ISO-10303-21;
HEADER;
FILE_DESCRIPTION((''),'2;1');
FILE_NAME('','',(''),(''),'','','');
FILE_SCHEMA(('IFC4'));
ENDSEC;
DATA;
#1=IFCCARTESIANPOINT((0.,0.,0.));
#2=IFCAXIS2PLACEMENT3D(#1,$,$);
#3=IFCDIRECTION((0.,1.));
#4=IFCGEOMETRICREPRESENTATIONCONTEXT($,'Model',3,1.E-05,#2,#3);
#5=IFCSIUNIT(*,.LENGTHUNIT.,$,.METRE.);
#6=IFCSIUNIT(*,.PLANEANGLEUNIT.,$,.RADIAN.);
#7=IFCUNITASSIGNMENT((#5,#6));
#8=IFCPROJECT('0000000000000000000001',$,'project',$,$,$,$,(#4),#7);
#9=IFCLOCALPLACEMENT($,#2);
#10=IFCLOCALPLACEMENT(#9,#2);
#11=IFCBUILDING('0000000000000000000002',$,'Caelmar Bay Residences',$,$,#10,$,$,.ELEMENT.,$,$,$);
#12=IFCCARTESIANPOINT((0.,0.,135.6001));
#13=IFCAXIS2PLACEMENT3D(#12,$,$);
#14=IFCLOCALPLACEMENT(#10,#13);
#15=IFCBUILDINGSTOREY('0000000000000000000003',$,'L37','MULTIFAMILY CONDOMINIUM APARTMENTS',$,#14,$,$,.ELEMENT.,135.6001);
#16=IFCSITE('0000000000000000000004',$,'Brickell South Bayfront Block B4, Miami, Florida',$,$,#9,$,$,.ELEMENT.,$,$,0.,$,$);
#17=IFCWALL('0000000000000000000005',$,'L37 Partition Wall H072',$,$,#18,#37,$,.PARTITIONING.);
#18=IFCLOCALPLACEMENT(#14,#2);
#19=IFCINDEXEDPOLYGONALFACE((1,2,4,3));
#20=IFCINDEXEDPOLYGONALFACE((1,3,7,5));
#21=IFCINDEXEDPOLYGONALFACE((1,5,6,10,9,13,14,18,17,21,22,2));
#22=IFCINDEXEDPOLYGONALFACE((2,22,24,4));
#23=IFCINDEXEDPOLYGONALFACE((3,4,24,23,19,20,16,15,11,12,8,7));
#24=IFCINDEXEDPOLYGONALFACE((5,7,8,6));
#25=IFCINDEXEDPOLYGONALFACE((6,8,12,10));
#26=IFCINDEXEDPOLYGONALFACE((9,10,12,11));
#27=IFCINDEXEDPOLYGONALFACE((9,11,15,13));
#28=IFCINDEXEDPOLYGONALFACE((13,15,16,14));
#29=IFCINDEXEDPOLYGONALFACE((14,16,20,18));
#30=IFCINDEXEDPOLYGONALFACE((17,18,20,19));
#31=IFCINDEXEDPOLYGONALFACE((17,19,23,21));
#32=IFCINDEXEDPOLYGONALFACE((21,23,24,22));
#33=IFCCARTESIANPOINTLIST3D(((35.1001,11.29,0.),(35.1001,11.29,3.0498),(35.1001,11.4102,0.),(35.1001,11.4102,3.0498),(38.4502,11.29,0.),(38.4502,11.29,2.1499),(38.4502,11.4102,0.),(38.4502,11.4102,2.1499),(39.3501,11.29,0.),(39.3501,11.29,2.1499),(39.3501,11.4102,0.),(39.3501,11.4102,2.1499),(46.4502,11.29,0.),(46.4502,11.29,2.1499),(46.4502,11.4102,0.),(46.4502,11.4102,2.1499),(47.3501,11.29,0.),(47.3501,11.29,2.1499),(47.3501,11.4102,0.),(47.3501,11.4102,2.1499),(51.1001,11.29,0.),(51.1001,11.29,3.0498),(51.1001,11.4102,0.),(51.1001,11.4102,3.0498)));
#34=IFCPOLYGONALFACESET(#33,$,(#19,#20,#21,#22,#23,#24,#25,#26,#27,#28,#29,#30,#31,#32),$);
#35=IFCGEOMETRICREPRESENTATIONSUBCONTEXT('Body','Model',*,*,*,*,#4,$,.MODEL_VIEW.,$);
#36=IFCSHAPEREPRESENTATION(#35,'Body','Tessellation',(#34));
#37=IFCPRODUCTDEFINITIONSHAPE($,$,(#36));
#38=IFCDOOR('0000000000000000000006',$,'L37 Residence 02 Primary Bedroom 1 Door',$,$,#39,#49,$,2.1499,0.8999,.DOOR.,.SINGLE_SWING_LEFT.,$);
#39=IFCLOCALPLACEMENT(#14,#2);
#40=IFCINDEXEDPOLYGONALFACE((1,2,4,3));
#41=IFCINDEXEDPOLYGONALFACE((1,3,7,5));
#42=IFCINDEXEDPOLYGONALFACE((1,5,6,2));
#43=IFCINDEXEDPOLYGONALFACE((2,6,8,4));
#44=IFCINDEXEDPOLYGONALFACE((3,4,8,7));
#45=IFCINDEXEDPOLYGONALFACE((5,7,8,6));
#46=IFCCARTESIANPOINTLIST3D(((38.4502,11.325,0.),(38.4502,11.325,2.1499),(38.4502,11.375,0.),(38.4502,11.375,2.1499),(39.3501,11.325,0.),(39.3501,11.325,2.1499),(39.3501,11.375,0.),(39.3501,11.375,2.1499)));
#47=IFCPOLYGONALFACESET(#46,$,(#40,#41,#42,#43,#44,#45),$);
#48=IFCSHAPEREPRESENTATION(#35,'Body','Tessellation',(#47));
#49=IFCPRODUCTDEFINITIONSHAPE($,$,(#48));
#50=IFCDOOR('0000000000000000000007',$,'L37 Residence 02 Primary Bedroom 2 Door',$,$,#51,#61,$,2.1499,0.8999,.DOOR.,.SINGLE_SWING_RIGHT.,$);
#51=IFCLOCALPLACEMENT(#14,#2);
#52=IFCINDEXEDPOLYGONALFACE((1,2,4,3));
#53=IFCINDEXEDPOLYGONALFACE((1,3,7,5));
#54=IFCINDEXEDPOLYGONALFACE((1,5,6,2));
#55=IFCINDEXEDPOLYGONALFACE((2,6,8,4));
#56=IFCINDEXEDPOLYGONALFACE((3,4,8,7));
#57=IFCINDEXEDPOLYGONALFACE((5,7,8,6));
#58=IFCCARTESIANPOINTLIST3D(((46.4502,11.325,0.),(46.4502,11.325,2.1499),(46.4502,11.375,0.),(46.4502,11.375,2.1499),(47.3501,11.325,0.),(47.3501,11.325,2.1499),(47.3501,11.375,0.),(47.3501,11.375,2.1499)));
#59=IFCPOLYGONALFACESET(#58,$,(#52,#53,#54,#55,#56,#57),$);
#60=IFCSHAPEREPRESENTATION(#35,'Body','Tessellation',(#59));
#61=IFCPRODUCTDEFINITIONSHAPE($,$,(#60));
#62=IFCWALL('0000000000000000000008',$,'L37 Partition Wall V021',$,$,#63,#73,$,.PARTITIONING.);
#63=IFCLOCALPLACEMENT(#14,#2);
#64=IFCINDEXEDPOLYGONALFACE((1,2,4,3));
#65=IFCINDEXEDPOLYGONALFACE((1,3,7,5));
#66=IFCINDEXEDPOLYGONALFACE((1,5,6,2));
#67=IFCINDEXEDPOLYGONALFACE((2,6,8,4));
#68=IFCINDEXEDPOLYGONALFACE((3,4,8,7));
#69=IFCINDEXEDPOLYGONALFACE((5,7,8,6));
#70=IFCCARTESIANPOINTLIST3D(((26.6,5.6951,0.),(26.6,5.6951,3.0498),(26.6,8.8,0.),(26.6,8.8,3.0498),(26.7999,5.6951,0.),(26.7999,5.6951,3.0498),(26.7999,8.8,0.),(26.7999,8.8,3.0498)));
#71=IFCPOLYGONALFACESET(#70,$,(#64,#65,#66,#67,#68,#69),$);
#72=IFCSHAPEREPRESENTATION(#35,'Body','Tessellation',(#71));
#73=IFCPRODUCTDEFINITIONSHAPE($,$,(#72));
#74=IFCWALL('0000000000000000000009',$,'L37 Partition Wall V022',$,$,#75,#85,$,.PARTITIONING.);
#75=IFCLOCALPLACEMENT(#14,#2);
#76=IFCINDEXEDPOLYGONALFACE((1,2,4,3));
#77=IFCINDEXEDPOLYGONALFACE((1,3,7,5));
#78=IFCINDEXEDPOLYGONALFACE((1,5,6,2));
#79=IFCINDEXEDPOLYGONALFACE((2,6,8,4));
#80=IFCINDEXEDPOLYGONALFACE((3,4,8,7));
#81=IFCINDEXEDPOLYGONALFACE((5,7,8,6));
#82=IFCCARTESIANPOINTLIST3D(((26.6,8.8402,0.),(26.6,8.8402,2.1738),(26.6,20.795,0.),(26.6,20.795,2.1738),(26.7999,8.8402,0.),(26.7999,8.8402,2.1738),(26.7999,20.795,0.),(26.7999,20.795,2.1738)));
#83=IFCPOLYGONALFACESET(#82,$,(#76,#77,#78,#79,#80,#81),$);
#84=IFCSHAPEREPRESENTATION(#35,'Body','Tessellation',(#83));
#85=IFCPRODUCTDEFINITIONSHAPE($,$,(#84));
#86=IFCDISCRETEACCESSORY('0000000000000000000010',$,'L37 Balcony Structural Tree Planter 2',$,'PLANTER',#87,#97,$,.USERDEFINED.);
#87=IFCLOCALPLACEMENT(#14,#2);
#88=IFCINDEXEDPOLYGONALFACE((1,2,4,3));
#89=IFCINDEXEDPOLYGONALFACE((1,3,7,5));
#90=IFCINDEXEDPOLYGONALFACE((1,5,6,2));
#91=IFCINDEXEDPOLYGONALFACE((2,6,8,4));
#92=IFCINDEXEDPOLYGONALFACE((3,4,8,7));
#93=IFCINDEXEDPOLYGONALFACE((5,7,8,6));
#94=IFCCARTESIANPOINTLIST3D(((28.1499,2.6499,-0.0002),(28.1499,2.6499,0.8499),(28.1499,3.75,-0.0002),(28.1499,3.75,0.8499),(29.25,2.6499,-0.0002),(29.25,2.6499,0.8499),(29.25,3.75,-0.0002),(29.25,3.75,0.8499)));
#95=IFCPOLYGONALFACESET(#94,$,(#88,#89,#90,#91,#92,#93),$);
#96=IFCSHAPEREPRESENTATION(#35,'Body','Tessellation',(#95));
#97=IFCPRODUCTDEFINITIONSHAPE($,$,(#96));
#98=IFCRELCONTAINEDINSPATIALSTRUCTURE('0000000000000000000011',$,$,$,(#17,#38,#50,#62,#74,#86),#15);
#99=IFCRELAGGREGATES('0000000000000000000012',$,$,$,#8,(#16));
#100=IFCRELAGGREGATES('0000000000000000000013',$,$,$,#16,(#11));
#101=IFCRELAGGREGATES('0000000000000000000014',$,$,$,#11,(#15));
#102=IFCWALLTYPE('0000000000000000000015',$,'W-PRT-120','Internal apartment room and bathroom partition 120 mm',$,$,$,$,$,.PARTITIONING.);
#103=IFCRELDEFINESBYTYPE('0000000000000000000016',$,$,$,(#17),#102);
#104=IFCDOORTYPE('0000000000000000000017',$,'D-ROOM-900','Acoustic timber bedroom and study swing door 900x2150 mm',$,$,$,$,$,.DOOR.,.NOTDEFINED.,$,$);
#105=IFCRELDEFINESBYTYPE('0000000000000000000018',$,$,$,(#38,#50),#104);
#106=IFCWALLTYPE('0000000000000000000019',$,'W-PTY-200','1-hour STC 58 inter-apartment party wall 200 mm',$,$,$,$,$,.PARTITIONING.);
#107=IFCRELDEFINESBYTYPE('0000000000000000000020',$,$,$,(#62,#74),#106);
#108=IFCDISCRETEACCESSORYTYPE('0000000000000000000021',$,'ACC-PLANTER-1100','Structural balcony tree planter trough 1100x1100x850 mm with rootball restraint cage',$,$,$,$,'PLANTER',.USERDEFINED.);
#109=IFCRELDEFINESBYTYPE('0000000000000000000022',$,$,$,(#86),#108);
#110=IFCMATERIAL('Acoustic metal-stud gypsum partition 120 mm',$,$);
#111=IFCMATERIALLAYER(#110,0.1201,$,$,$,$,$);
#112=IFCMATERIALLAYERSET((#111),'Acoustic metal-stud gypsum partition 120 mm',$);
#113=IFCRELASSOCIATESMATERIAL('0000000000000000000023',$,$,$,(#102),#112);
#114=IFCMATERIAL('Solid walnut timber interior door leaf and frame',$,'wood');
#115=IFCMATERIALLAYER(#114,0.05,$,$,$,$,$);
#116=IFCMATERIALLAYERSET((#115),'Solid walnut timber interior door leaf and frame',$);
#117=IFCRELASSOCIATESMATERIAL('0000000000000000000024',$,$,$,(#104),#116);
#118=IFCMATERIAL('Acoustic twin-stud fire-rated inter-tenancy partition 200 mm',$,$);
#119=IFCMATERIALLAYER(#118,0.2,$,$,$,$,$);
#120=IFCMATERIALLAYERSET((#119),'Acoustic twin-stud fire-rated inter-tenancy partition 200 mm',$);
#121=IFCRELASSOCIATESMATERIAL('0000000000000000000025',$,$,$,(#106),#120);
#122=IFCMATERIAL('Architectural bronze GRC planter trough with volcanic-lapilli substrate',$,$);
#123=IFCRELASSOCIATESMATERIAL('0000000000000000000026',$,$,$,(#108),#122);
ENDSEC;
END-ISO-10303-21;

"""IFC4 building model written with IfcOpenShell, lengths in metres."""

from ifc_helpers import new_model, si_unit, direction, frame, frame_2d, origin, origin_2d, place, context, subcontext, project, spatial, rectangle, extrude, material, layer, layer_set, type_object, element, fill, save


model = new_model("IFC4")

# Units and contexts
model_context = context("Model", 3, precision=1e-05, world=origin(), true_north=direction((0.0, 1.0)))
body_context = subcontext(model_context, "Body", "Model", "MODEL_VIEW")
ifc_project = project(units=[si_unit("LENGTHUNIT", "METRE"), si_unit("PLANEANGLEUNIT", "RADIAN")], contexts=[model_context])

# Site, building, storey
site_placement = place(None, origin())
site = spatial("IfcSite", under=ifc_project, at=site_placement, Name="Brickell South Bayfront Block B4, Miami, Florida", CompositionType="ELEMENT", RefElevation=0.0)
building_placement = place(site_placement, origin())
building = spatial("IfcBuilding", under=site, at=building_placement, Name="Caelmar Bay Residences", CompositionType="ELEMENT")
storey_placement = place(building_placement, frame((0.0, 0.0, 135.6001)))
storey = spatial("IfcBuildingStorey", under=building, at=storey_placement, Name="L37", Description="MULTIFAMILY CONDOMINIUM APARTMENTS", CompositionType="ELEMENT", Elevation=135.6001)

# Shared definitions
ifc_material_1 = material(Name="Acoustic metal-stud gypsum partition 120 mm")
ifc_layer_1 = layer(ifc_material_1, 0.1201)
ifc_layer_set_1 = layer_set([ifc_layer_1], Name="Acoustic metal-stud gypsum partition 120 mm")
wall_type_1 = type_object("IfcWallType", Name="W-PRT-120", Description="Internal apartment room and bathroom partition 120 mm", PredefinedType="PARTITIONING", material=ifc_layer_set_1)

# Shared definitions
ifc_material_2 = material(Name="Solid walnut timber interior door leaf and frame", Category="wood")
ifc_layer_2 = layer(ifc_material_2, 0.05)
ifc_layer_set_2 = layer_set([ifc_layer_2], Name="Solid walnut timber interior door leaf and frame")
door_type = type_object("IfcDoorType", Name="D-ROOM-900", Description="Acoustic timber bedroom and study swing door 900x2150 mm", OperationType="NOTDEFINED", PredefinedType="DOOR", material=ifc_layer_set_2)

# Wall, openings, doors
wall_1_placement = place(storey_placement, frame((35.1001, 11.3501, 0.0), z_axis=(0.0, 0.0, 1.0), x_axis=(1.0, 0.0, 0.0)))
wall_1 = element("IfcWall", 1, at=wall_1_placement, inside=storey, type_object=wall_type_1, Name="L37 Partition Wall H072", PredefinedType="PARTITIONING", context=body_context, shape_type="SweptSolid", body=[
    extrude(rectangle(XDim=16.0, YDim=0.1201, at=frame_2d((8.0, 0.0))), origin(), (0.0, 0.0, 1.0), 3.0498),
])
opening_1_placement = place(wall_1_placement, frame((3.3501, 0.0, 0.0)))
opening_1 = element("IfcOpeningElement", 2, at=opening_1_placement, cuts=wall_1, PredefinedType="OPENING", context=body_context, shape_type="SweptSolid", body=[
    extrude(rectangle(XDim=0.8999, YDim=2.1499, at=frame_2d((0.45, 1.075))), frame((0.0, 0.0701, 0.0), z_axis=(0.0, -1.0, 0.0), x_axis=(1.0, 0.0, 0.0)), (0.0, 0.0, 1.0), 0.1401),
])
opening_2_placement = place(wall_1_placement, frame((11.3501, 0.0, 0.0)))
opening_2 = element("IfcOpeningElement", 3, at=opening_2_placement, cuts=wall_1, PredefinedType="OPENING", context=body_context, shape_type="SweptSolid", body=[
    extrude(rectangle(XDim=0.8999, YDim=2.1499, at=frame_2d((0.45, 1.075))), frame((0.0, 0.0701, 0.0), z_axis=(0.0, -1.0, 0.0), x_axis=(1.0, 0.0, 0.0)), (0.0, 0.0, 1.0), 0.1401),
])
door_1_placement = place(opening_1_placement, origin())
door_1 = element("IfcDoor", 4, at=door_1_placement, inside=storey, type_object=door_type, Name="L37 Residence 02 Primary Bedroom 1 Door", OperationType="SINGLE_SWING_LEFT", OverallHeight=2.1499, OverallWidth=0.8999, PredefinedType="DOOR", context=body_context, shape_type="SweptSolid", body=[
    extrude(rectangle(XDim=0.8999, YDim=2.1499, at=frame_2d((0.45, 1.075))), frame((0.0, 0.0249, 0.0), z_axis=(0.0, -1.0, 0.0), x_axis=(1.0, 0.0, 0.0)), (0.0, 0.0, 1.0), 0.05),
])
fill(opening_1, door_1)
door_2_placement = place(opening_2_placement, origin())
door_2 = element("IfcDoor", 5, at=door_2_placement, inside=storey, type_object=door_type, Name="L37 Residence 02 Primary Bedroom 2 Door", OperationType="SINGLE_SWING_RIGHT", OverallHeight=2.1499, OverallWidth=0.8999, PredefinedType="DOOR", context=body_context, shape_type="SweptSolid", body=[
    extrude(rectangle(XDim=0.8999, YDim=2.1499, at=frame_2d((0.45, 1.075))), frame((0.0, 0.0249, 0.0), z_axis=(0.0, -1.0, 0.0), x_axis=(1.0, 0.0, 0.0)), (0.0, 0.0, 1.0), 0.05),
])
fill(opening_2, door_2)

# Walls
ifc_material_3 = material(Name="Acoustic twin-stud fire-rated inter-tenancy partition 200 mm")
ifc_layer_3 = layer(ifc_material_3, 0.2)
ifc_layer_set_3 = layer_set([ifc_layer_3], Name="Acoustic twin-stud fire-rated inter-tenancy partition 200 mm")
wall_type_2 = type_object("IfcWallType", Name="W-PTY-200", Description="1-hour STC 58 inter-apartment party wall 200 mm", PredefinedType="PARTITIONING", material=ifc_layer_set_3)
wall_2_placement = place(storey_placement, frame((26.7, 5.6951, 0.0), z_axis=(0.0, 0.0, 1.0), x_axis=(0.0, 1.0, 0.0)))
element("IfcWall", 6, at=wall_2_placement, inside=storey, type_object=wall_type_2, Name="L37 Partition Wall V021", PredefinedType="PARTITIONING", context=body_context, shape_type="SweptSolid", body=[
    extrude(rectangle(XDim=3.105, YDim=0.2, at=frame_2d((1.5525, 0.0))), origin(), (0.0, 0.0, 1.0), 3.0498),
])
wall_3_placement = place(storey_placement, frame((26.7, 8.8401, 0.0), z_axis=(0.0, 0.0, 1.0), x_axis=(0.0, 1.0, 0.0)))
element("IfcWall", 7, at=wall_3_placement, inside=storey, type_object=wall_type_2, Name="L37 Partition Wall V022", PredefinedType="PARTITIONING", context=body_context, shape_type="SweptSolid", body=[
    extrude(rectangle(XDim=11.9548, YDim=0.2, at=frame_2d((5.9775, 0.0))), origin(), (0.0, 0.0, 1.0), 2.1738),
])

# Discrete accessory
ifc_material_4 = material(Name="Architectural bronze GRC planter trough with volcanic-lapilli substrate")
discrete_accessory_type = type_object("IfcDiscreteAccessoryType", Name="ACC-PLANTER-1100", Description="Structural balcony tree planter trough 1100x1100x850 mm with rootball restraint cage", ElementType="PLANTER", PredefinedType="USERDEFINED", material=ifc_material_4)
discrete_accessory_placement = place(storey_placement, frame((28.7, 3.2, -0.0002), z_axis=(0.0, 0.0, 1.0), x_axis=(1.0, 0.0, 0.0)))
element("IfcDiscreteAccessory", 8, at=discrete_accessory_placement, inside=storey, type_object=discrete_accessory_type, Name="L37 Balcony Structural Tree Planter 2", ObjectType="PLANTER", PredefinedType="USERDEFINED", context=body_context, shape_type="SweptSolid", body=[
    extrude(rectangle(XDim=1.1001, YDim=1.1001, at=origin_2d()), origin(), (0.0, 0.0, 1.0), 0.8501),
])

save(model, "model.ifc")
